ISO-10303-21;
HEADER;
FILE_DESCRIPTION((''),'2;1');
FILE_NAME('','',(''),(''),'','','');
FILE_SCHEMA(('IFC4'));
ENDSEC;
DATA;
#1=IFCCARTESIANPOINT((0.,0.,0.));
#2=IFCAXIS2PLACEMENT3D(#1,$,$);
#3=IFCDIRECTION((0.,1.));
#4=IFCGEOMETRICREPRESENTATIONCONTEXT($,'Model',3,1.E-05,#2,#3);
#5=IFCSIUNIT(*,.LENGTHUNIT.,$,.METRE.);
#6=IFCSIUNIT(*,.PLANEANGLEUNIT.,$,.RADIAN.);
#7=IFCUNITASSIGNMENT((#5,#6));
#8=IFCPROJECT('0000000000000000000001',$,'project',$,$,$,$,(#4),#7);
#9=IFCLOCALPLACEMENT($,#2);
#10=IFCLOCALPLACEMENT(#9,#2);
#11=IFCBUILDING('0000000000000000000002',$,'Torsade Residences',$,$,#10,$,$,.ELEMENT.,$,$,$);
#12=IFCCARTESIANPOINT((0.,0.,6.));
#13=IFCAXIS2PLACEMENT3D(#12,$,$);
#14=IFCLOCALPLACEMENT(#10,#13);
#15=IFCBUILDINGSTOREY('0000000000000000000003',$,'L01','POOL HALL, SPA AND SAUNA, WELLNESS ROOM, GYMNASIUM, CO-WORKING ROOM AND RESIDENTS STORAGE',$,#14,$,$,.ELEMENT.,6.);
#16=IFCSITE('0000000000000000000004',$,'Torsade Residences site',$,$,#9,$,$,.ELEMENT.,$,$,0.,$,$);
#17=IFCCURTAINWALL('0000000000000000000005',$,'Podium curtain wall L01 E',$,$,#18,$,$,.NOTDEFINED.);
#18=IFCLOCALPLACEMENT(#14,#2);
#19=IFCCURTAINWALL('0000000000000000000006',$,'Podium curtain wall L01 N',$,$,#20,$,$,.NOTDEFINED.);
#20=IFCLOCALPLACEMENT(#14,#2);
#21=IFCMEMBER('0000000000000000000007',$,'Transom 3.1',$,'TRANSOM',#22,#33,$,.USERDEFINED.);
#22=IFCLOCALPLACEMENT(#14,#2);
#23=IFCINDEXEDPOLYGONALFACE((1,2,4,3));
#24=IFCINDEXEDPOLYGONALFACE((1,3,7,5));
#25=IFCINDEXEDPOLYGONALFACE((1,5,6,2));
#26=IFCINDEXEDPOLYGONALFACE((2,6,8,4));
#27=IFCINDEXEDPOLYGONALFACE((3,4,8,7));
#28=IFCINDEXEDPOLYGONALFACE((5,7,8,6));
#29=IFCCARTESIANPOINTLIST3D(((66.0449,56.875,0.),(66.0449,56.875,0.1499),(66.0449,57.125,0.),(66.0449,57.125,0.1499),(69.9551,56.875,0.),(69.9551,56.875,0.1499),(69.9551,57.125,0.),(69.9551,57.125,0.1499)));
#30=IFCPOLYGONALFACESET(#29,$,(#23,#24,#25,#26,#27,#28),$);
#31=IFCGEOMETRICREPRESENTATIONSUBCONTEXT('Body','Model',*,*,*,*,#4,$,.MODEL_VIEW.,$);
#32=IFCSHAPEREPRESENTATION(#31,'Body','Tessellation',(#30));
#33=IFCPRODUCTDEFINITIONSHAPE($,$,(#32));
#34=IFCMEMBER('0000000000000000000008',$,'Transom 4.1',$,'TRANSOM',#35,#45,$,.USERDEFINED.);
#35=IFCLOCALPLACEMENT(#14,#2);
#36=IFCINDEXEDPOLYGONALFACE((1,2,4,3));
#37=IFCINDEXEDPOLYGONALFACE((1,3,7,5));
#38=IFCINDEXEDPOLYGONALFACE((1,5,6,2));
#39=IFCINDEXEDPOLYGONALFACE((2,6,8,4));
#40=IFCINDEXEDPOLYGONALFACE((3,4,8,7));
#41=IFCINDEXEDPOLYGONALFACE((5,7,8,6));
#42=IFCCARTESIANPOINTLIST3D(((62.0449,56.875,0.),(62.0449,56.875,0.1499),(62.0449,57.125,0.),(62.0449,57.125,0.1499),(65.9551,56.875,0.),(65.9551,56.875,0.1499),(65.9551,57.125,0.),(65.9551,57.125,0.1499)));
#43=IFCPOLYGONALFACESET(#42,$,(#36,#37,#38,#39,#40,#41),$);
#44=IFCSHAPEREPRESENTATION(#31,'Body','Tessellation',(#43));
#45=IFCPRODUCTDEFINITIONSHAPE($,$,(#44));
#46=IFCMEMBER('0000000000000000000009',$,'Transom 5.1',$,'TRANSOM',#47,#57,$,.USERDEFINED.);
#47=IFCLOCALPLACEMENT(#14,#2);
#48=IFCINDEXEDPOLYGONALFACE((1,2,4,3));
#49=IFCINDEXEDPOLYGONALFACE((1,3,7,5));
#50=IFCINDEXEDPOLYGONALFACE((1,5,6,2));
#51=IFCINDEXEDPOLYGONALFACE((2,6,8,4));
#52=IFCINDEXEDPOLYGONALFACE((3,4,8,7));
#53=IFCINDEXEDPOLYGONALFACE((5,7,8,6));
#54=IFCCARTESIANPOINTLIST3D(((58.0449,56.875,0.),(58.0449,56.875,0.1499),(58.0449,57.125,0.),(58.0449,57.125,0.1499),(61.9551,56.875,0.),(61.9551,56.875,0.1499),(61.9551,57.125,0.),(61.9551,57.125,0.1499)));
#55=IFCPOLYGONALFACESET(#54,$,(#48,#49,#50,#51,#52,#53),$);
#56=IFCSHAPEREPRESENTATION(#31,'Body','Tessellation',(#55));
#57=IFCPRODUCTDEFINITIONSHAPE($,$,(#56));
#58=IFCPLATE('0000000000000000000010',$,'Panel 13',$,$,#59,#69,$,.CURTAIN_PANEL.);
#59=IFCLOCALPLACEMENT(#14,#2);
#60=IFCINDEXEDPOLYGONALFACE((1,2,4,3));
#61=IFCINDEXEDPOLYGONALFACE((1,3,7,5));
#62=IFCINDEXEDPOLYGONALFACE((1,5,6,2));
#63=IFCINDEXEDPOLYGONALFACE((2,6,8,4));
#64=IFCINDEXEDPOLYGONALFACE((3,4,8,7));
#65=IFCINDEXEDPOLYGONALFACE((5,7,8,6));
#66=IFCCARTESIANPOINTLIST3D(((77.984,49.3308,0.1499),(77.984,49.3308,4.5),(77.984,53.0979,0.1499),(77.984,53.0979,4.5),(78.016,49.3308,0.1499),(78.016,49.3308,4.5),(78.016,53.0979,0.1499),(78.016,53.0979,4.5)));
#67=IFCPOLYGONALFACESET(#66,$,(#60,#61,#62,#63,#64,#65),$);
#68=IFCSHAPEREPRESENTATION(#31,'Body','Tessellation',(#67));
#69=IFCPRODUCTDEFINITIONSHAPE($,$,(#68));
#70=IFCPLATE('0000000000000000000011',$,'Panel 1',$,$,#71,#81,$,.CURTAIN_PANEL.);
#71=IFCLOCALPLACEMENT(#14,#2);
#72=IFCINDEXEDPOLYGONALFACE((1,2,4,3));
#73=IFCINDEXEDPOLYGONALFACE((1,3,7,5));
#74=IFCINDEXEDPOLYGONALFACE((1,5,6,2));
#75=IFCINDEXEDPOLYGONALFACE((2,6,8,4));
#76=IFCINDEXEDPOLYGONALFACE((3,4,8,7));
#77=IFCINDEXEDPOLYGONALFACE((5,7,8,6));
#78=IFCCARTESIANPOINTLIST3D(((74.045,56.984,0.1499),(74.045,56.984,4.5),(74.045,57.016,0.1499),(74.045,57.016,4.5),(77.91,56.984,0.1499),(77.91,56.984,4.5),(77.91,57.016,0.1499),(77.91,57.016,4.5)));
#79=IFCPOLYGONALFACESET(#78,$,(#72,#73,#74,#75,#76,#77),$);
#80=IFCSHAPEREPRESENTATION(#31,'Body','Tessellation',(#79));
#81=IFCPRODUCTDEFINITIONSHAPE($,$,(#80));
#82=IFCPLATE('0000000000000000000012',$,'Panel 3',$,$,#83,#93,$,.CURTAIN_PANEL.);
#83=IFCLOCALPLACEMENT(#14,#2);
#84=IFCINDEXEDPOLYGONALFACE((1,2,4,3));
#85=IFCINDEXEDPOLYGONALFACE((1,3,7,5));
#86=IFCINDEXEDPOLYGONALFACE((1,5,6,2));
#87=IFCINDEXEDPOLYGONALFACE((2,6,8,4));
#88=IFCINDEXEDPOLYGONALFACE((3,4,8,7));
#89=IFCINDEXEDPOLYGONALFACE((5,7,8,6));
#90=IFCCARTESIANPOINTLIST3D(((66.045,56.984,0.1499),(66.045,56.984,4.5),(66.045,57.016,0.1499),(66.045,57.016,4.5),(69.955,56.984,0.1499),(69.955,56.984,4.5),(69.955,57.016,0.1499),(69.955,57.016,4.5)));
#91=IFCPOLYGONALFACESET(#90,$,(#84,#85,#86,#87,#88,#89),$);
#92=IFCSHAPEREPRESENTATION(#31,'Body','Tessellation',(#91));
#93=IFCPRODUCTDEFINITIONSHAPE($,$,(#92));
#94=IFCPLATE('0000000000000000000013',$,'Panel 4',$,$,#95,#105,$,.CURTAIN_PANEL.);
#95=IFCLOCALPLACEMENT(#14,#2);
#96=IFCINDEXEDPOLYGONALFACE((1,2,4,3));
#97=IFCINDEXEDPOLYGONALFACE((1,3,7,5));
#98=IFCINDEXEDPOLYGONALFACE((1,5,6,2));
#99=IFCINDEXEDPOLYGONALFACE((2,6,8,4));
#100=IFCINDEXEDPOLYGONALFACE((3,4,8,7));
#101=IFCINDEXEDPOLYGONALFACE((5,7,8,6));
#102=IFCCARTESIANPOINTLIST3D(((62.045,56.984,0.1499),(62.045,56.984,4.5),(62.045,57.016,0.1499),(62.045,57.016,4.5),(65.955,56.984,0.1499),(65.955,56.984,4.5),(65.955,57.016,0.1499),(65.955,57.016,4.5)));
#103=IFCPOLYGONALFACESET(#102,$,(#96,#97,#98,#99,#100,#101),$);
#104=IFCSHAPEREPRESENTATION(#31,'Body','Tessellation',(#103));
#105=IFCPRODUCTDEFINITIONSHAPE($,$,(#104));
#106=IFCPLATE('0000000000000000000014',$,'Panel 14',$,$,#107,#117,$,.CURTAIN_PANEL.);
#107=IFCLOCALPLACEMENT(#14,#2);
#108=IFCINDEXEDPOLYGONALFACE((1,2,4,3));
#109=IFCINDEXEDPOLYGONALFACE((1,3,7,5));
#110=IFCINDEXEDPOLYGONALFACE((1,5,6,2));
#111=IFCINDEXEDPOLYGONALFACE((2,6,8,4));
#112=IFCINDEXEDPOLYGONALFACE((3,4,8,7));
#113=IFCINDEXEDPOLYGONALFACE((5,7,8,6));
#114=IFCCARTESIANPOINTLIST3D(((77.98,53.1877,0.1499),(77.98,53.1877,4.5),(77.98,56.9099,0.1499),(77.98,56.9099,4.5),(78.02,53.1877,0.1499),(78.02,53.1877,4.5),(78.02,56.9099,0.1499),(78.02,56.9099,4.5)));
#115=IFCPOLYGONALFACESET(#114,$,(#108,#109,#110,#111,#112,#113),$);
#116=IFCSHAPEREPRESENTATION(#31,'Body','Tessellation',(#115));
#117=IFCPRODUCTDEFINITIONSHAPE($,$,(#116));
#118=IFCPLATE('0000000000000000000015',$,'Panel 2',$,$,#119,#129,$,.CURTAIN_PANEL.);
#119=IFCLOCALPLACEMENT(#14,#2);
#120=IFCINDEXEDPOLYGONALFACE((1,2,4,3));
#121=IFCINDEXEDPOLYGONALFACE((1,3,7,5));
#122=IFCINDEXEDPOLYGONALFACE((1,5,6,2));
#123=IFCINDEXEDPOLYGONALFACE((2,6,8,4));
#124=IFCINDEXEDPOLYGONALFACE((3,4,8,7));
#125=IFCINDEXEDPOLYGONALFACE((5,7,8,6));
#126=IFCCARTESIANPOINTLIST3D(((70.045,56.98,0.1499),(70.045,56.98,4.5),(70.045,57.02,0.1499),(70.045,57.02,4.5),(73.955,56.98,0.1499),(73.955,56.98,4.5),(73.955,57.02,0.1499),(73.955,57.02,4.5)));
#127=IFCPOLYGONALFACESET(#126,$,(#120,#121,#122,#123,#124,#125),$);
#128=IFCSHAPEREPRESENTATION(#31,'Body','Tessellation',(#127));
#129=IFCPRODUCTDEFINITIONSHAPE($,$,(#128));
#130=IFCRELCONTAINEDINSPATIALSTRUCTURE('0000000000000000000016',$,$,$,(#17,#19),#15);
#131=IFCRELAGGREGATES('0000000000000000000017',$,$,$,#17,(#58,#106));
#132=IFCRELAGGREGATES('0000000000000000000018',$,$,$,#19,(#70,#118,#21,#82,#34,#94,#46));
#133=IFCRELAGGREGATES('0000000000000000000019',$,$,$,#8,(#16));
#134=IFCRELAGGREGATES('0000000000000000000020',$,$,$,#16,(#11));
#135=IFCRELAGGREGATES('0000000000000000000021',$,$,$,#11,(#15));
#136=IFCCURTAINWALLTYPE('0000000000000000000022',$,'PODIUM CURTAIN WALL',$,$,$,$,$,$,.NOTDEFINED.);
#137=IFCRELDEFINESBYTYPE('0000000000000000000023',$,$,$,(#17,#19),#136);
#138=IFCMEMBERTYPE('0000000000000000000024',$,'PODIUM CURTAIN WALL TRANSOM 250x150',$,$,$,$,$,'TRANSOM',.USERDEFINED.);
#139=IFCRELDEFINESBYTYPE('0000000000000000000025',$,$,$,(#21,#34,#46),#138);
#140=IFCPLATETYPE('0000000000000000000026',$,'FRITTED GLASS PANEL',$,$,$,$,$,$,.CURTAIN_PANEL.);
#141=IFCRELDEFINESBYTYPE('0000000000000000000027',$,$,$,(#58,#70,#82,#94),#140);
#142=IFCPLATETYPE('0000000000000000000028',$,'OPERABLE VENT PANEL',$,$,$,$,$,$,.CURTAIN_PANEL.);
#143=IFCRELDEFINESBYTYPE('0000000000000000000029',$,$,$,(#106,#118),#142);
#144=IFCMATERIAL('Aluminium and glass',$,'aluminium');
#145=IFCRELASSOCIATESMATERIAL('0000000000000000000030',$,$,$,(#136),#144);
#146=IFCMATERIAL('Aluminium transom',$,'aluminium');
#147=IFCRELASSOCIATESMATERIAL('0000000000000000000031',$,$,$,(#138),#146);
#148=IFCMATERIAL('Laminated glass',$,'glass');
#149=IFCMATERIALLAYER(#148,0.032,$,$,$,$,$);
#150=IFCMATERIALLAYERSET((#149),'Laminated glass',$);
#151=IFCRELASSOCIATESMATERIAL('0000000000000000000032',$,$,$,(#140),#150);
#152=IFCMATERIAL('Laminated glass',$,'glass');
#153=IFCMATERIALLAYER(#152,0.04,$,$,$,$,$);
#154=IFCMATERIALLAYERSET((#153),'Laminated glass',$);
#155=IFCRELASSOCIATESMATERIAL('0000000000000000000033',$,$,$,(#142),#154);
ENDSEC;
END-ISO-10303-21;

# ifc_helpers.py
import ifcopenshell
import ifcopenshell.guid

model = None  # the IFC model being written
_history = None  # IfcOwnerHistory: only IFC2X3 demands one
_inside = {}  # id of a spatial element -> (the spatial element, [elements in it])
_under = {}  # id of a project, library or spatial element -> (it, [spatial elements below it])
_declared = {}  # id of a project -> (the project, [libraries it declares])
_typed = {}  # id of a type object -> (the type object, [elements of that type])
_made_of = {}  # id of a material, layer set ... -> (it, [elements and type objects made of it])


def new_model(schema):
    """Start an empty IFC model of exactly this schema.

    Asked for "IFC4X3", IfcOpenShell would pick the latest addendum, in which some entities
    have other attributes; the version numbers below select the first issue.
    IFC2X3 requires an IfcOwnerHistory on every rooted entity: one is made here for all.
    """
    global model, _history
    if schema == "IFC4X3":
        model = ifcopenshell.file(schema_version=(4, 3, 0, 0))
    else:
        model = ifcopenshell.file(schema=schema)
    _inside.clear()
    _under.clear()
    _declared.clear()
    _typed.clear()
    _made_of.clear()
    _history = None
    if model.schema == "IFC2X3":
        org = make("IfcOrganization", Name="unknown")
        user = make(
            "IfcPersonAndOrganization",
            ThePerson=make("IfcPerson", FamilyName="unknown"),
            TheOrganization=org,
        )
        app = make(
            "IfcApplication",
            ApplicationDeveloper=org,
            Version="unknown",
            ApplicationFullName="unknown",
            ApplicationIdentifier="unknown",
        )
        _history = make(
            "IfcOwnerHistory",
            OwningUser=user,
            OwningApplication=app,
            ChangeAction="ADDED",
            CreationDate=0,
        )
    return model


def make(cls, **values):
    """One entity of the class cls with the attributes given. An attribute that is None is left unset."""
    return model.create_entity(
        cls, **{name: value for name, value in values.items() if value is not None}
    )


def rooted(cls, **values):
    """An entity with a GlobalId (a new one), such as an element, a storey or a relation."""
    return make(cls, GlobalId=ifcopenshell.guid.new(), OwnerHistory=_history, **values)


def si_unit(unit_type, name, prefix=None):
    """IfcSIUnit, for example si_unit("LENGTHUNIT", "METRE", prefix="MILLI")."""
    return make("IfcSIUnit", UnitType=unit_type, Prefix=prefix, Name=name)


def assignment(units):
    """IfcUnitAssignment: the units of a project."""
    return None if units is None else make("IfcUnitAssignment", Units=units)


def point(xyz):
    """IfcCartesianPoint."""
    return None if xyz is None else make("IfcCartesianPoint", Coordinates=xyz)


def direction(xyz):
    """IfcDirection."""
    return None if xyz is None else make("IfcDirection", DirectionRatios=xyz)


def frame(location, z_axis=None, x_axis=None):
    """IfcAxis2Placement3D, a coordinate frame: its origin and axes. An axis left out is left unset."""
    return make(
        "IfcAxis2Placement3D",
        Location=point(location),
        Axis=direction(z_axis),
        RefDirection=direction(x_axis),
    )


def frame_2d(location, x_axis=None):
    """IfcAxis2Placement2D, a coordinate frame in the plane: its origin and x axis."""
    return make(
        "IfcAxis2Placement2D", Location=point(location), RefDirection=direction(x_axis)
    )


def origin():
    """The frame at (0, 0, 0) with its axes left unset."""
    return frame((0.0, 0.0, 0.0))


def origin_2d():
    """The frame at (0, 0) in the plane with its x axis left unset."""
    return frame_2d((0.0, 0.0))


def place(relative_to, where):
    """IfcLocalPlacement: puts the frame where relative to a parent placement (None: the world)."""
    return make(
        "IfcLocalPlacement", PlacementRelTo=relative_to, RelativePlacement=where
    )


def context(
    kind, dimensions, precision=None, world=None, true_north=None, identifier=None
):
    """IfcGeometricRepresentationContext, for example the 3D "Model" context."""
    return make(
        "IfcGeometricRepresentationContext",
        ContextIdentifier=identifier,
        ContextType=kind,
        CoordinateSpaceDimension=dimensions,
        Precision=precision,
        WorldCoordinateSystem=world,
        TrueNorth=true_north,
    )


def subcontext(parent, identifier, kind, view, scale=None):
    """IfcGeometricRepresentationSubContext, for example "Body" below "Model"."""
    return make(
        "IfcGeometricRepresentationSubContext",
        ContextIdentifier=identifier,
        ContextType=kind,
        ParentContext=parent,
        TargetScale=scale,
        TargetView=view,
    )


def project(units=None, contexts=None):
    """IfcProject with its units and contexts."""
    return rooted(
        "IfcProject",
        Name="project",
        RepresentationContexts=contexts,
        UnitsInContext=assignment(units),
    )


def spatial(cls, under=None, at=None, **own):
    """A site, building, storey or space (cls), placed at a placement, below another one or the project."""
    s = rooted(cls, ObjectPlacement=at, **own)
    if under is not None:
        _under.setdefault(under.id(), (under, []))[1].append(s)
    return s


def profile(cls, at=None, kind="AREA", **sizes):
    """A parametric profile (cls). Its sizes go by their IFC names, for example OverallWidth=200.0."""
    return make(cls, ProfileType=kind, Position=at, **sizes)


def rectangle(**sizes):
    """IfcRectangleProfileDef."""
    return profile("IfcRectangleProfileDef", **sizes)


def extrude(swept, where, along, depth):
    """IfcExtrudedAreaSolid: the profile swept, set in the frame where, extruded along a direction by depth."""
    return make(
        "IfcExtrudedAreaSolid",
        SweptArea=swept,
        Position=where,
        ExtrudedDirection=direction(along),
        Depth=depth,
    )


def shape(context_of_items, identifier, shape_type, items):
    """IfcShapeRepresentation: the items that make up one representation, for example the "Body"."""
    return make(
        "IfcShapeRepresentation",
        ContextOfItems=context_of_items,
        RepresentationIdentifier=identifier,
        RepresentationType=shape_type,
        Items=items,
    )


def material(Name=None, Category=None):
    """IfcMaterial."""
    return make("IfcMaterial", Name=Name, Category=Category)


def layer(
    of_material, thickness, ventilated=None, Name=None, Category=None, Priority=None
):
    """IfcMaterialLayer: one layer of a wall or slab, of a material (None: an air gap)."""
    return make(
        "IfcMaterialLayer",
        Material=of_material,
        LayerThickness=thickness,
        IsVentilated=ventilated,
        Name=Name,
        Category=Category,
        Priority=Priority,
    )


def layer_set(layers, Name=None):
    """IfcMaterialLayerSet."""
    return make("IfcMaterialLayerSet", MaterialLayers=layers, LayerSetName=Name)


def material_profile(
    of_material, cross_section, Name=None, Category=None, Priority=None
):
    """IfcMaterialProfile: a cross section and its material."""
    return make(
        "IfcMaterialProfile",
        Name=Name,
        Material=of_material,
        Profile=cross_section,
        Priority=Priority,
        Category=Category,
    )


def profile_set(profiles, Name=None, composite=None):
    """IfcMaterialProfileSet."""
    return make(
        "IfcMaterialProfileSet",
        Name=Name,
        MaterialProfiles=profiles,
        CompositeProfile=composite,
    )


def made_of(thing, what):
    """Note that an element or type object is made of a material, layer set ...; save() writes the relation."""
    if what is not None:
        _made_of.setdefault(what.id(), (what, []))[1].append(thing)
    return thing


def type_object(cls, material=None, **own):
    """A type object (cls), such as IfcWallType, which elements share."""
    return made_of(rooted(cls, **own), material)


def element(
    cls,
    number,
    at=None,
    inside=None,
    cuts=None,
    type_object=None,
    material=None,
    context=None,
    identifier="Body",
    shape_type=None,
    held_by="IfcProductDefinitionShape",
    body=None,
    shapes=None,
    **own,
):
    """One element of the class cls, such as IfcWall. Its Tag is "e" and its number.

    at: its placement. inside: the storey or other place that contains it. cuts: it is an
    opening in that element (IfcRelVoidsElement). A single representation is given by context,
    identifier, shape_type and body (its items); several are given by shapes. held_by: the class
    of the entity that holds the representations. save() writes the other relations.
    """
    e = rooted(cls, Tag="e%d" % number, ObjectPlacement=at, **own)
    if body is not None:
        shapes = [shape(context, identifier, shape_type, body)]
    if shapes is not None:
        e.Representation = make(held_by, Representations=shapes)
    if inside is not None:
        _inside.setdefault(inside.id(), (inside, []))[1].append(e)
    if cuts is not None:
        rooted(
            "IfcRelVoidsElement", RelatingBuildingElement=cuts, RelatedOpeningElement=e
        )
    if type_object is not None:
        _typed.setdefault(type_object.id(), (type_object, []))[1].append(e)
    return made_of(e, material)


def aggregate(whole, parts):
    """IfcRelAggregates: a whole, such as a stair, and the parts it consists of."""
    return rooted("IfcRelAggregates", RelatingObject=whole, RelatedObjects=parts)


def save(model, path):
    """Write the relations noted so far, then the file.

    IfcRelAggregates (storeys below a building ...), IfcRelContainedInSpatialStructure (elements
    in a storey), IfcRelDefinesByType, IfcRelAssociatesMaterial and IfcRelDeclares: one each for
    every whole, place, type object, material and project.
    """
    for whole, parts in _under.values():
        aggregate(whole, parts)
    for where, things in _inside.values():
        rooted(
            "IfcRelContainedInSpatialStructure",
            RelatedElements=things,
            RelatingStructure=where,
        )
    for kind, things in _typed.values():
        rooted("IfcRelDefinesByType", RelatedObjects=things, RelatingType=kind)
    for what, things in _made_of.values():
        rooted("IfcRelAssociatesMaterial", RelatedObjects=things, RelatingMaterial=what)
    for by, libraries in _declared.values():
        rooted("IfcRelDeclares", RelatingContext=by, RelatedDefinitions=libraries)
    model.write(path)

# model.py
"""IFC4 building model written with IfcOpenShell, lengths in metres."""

from ifc_helpers import new_model, si_unit, direction, frame, origin, origin_2d, place, context, subcontext, project, spatial, rectangle, extrude, material, layer, layer_set, material_profile, profile_set, type_object, element, aggregate, save


model = new_model("IFC4")

# Units and contexts
model_context = context("Model", 3, precision=1e-05, world=origin(), true_north=direction((0.0, 1.0)))
body_context = subcontext(model_context, "Body", "Model", "MODEL_VIEW")
ifc_project = project(units=[si_unit("LENGTHUNIT", "METRE"), si_unit("PLANEANGLEUNIT", "RADIAN")], contexts=[model_context])

# Site, building, storey
site_placement = place(None, origin())
site = spatial("IfcSite", under=ifc_project, at=site_placement, Name="Torsade Residences site", CompositionType="ELEMENT", RefElevation=0.0)
building_placement = place(site_placement, origin())
building = spatial("IfcBuilding", under=site, at=building_placement, Name="Torsade Residences", CompositionType="ELEMENT")
storey_placement = place(building_placement, frame((0.0, 0.0, 6.0)))
storey = spatial("IfcBuildingStorey", under=building, at=storey_placement, Name="L01", Description="POOL HALL, SPA AND SAUNA, WELLNESS ROOM, GYMNASIUM, CO-WORKING ROOM AND RESIDENTS STORAGE", CompositionType="ELEMENT", Elevation=6.0)

# Curtain walls
ifc_material_1 = material(Name="Aluminium and glass", Category="aluminium")
curtain_wall_type = type_object("IfcCurtainWallType", Name="PODIUM CURTAIN WALL", PredefinedType="NOTDEFINED", material=ifc_material_1)
curtain_wall_1_placement = place(storey_placement, origin())
curtain_wall_1 = element("IfcCurtainWall", 1, at=curtain_wall_1_placement, inside=storey, type_object=curtain_wall_type, Name="Podium curtain wall L01 E", PredefinedType="NOTDEFINED")
curtain_wall_2_placement = place(storey_placement, origin())
curtain_wall_2 = element("IfcCurtainWall", 2, at=curtain_wall_2_placement, inside=storey, type_object=curtain_wall_type, Name="Podium curtain wall L01 N", PredefinedType="NOTDEFINED")

# Members
ifc_material_2 = material(Name="Aluminium transom", Category="aluminium")
ifc_material_profile_1 = material_profile(ifc_material_2, rectangle(XDim=0.25, YDim=0.1499, at=origin_2d()), Name="PODIUM CURTAIN WALL TRANSOM 250x150")
ifc_profile_set_1 = profile_set([ifc_material_profile_1], Name="Aluminium transom")
member_type_1 = type_object("IfcMemberType", Name="PODIUM CURTAIN WALL TRANSOM 250x150", ElementType="TRANSOM", PredefinedType="USERDEFINED", material=ifc_profile_set_1)
member_1_placement = place(storey_placement, frame((69.9551, 57.0, 0.075), z_axis=(-1.0, 0.0, 0.0), x_axis=(0.0, -1.0, 0.0)))
member_1 = element("IfcMember", 3, at=member_1_placement, type_object=member_type_1, Name="Transom 3.1", ObjectType="TRANSOM", PredefinedType="USERDEFINED", context=body_context, shape_type="SweptSolid", body=[
    extrude(rectangle(XDim=0.25, YDim=0.1499, at=origin_2d()), origin(), (0.0, 0.0, 1.0), 3.9102),
])
member_2_placement = place(storey_placement, frame((65.9551, 57.0, 0.075), z_axis=(-1.0, 0.0, 0.0), x_axis=(0.0, -1.0, 0.0)))
member_2 = element("IfcMember", 4, at=member_2_placement, type_object=member_type_1, Name="Transom 4.1", ObjectType="TRANSOM", PredefinedType="USERDEFINED", context=body_context, shape_type="SweptSolid", body=[
    extrude(rectangle(XDim=0.25, YDim=0.1499, at=origin_2d()), origin(), (0.0, 0.0, 1.0), 3.9102),
])
member_3_placement = place(storey_placement, frame((61.9551, 57.0, 0.075), z_axis=(-1.0, 0.0, 0.0), x_axis=(0.0, -1.0, 0.0)))
member_3 = element("IfcMember", 5, at=member_3_placement, type_object=member_type_1, Name="Transom 5.1", ObjectType="TRANSOM", PredefinedType="USERDEFINED", context=body_context, shape_type="SweptSolid", body=[
    extrude(rectangle(XDim=0.25, YDim=0.1499, at=origin_2d()), origin(), (0.0, 0.0, 1.0), 3.9102),
])

# Plates
ifc_material_3 = material(Name="Laminated glass", Category="glass")
ifc_layer_1 = layer(ifc_material_3, 0.032)
ifc_layer_set_1 = layer_set([ifc_layer_1], Name="Laminated glass")
plate_type_1 = type_object("IfcPlateType", Name="FRITTED GLASS PANEL", PredefinedType="CURTAIN_PANEL", material=ifc_layer_set_1)
plate_1_placement = place(storey_placement, frame((78.0, 51.2144, 0.1499), z_axis=(0.0, 0.0, 1.0), x_axis=(0.0, 1.0, 0.0)))
plate_1 = element("IfcPlate", 6, at=plate_1_placement, type_object=plate_type_1, Name="Panel 13", PredefinedType="CURTAIN_PANEL", context=body_context, shape_type="SweptSolid", body=[
    extrude(rectangle(XDim=3.7671, YDim=0.032, at=origin_2d()), origin(), (0.0, 0.0, 1.0), 4.3501),
])
plate_2_placement = place(storey_placement, frame((75.9775, 57.0, 0.1499), z_axis=(0.0, 0.0, 1.0), x_axis=(-1.0, 0.0, 0.0)))
plate_2 = element("IfcPlate", 7, at=plate_2_placement, type_object=plate_type_1, Name="Panel 1", PredefinedType="CURTAIN_PANEL", context=body_context, shape_type="SweptSolid", body=[
    extrude(rectangle(XDim=3.865, YDim=0.032, at=origin_2d()), origin(), (0.0, 0.0, 1.0), 4.3501),
])
plate_3_placement = place(storey_placement, frame((68.0, 57.0, 0.1499), z_axis=(0.0, 0.0, 1.0), x_axis=(-1.0, 0.0, 0.0)))
plate_3 = element("IfcPlate", 8, at=plate_3_placement, type_object=plate_type_1, Name="Panel 3", PredefinedType="CURTAIN_PANEL", context=body_context, shape_type="SweptSolid", body=[
    extrude(rectangle(XDim=3.9099, YDim=0.032, at=origin_2d()), origin(), (0.0, 0.0, 1.0), 4.3501),
])
plate_4_placement = place(storey_placement, frame((64.0, 57.0, 0.1499), z_axis=(0.0, 0.0, 1.0), x_axis=(-1.0, 0.0, 0.0)))
plate_4 = element("IfcPlate", 9, at=plate_4_placement, type_object=plate_type_1, Name="Panel 4", PredefinedType="CURTAIN_PANEL", context=body_context, shape_type="SweptSolid", body=[
    extrude(rectangle(XDim=3.9099, YDim=0.032, at=origin_2d()), origin(), (0.0, 0.0, 1.0), 4.3501),
])
ifc_material_4 = material(Name="Laminated glass", Category="glass")
ifc_layer_2 = layer(ifc_material_4, 0.04)
ifc_layer_set_2 = layer_set([ifc_layer_2], Name="Laminated glass")
plate_type_2 = type_object("IfcPlateType", Name="OPERABLE VENT PANEL", PredefinedType="CURTAIN_PANEL", material=ifc_layer_set_2)
plate_5_placement = place(storey_placement, frame((78.0, 55.0488, 0.1499), z_axis=(0.0, 0.0, 1.0), x_axis=(0.0, 1.0, 0.0)))
plate_5 = element("IfcPlate", 10, at=plate_5_placement, type_object=plate_type_2, Name="Panel 14", PredefinedType="CURTAIN_PANEL", context=body_context, shape_type="SweptSolid", body=[
    extrude(rectangle(XDim=3.7222, YDim=0.04, at=origin_2d()), origin(), (0.0, 0.0, 1.0), 4.3501),
])
aggregate(curtain_wall_1, [plate_1, plate_5])
plate_6_placement = place(storey_placement, frame((72.0, 57.0, 0.1499), z_axis=(0.0, 0.0, 1.0), x_axis=(-1.0, 0.0, 0.0)))
plate_6 = element("IfcPlate", 11, at=plate_6_placement, type_object=plate_type_2, Name="Panel 2", PredefinedType="CURTAIN_PANEL", context=body_context, shape_type="SweptSolid", body=[
    extrude(rectangle(XDim=3.9099, YDim=0.04, at=origin_2d()), origin(), (0.0, 0.0, 1.0), 4.3501),
])
aggregate(curtain_wall_2, [plate_2, plate_6, member_1, plate_3, member_2, plate_4, member_3])

save(model, "model.ifc")
